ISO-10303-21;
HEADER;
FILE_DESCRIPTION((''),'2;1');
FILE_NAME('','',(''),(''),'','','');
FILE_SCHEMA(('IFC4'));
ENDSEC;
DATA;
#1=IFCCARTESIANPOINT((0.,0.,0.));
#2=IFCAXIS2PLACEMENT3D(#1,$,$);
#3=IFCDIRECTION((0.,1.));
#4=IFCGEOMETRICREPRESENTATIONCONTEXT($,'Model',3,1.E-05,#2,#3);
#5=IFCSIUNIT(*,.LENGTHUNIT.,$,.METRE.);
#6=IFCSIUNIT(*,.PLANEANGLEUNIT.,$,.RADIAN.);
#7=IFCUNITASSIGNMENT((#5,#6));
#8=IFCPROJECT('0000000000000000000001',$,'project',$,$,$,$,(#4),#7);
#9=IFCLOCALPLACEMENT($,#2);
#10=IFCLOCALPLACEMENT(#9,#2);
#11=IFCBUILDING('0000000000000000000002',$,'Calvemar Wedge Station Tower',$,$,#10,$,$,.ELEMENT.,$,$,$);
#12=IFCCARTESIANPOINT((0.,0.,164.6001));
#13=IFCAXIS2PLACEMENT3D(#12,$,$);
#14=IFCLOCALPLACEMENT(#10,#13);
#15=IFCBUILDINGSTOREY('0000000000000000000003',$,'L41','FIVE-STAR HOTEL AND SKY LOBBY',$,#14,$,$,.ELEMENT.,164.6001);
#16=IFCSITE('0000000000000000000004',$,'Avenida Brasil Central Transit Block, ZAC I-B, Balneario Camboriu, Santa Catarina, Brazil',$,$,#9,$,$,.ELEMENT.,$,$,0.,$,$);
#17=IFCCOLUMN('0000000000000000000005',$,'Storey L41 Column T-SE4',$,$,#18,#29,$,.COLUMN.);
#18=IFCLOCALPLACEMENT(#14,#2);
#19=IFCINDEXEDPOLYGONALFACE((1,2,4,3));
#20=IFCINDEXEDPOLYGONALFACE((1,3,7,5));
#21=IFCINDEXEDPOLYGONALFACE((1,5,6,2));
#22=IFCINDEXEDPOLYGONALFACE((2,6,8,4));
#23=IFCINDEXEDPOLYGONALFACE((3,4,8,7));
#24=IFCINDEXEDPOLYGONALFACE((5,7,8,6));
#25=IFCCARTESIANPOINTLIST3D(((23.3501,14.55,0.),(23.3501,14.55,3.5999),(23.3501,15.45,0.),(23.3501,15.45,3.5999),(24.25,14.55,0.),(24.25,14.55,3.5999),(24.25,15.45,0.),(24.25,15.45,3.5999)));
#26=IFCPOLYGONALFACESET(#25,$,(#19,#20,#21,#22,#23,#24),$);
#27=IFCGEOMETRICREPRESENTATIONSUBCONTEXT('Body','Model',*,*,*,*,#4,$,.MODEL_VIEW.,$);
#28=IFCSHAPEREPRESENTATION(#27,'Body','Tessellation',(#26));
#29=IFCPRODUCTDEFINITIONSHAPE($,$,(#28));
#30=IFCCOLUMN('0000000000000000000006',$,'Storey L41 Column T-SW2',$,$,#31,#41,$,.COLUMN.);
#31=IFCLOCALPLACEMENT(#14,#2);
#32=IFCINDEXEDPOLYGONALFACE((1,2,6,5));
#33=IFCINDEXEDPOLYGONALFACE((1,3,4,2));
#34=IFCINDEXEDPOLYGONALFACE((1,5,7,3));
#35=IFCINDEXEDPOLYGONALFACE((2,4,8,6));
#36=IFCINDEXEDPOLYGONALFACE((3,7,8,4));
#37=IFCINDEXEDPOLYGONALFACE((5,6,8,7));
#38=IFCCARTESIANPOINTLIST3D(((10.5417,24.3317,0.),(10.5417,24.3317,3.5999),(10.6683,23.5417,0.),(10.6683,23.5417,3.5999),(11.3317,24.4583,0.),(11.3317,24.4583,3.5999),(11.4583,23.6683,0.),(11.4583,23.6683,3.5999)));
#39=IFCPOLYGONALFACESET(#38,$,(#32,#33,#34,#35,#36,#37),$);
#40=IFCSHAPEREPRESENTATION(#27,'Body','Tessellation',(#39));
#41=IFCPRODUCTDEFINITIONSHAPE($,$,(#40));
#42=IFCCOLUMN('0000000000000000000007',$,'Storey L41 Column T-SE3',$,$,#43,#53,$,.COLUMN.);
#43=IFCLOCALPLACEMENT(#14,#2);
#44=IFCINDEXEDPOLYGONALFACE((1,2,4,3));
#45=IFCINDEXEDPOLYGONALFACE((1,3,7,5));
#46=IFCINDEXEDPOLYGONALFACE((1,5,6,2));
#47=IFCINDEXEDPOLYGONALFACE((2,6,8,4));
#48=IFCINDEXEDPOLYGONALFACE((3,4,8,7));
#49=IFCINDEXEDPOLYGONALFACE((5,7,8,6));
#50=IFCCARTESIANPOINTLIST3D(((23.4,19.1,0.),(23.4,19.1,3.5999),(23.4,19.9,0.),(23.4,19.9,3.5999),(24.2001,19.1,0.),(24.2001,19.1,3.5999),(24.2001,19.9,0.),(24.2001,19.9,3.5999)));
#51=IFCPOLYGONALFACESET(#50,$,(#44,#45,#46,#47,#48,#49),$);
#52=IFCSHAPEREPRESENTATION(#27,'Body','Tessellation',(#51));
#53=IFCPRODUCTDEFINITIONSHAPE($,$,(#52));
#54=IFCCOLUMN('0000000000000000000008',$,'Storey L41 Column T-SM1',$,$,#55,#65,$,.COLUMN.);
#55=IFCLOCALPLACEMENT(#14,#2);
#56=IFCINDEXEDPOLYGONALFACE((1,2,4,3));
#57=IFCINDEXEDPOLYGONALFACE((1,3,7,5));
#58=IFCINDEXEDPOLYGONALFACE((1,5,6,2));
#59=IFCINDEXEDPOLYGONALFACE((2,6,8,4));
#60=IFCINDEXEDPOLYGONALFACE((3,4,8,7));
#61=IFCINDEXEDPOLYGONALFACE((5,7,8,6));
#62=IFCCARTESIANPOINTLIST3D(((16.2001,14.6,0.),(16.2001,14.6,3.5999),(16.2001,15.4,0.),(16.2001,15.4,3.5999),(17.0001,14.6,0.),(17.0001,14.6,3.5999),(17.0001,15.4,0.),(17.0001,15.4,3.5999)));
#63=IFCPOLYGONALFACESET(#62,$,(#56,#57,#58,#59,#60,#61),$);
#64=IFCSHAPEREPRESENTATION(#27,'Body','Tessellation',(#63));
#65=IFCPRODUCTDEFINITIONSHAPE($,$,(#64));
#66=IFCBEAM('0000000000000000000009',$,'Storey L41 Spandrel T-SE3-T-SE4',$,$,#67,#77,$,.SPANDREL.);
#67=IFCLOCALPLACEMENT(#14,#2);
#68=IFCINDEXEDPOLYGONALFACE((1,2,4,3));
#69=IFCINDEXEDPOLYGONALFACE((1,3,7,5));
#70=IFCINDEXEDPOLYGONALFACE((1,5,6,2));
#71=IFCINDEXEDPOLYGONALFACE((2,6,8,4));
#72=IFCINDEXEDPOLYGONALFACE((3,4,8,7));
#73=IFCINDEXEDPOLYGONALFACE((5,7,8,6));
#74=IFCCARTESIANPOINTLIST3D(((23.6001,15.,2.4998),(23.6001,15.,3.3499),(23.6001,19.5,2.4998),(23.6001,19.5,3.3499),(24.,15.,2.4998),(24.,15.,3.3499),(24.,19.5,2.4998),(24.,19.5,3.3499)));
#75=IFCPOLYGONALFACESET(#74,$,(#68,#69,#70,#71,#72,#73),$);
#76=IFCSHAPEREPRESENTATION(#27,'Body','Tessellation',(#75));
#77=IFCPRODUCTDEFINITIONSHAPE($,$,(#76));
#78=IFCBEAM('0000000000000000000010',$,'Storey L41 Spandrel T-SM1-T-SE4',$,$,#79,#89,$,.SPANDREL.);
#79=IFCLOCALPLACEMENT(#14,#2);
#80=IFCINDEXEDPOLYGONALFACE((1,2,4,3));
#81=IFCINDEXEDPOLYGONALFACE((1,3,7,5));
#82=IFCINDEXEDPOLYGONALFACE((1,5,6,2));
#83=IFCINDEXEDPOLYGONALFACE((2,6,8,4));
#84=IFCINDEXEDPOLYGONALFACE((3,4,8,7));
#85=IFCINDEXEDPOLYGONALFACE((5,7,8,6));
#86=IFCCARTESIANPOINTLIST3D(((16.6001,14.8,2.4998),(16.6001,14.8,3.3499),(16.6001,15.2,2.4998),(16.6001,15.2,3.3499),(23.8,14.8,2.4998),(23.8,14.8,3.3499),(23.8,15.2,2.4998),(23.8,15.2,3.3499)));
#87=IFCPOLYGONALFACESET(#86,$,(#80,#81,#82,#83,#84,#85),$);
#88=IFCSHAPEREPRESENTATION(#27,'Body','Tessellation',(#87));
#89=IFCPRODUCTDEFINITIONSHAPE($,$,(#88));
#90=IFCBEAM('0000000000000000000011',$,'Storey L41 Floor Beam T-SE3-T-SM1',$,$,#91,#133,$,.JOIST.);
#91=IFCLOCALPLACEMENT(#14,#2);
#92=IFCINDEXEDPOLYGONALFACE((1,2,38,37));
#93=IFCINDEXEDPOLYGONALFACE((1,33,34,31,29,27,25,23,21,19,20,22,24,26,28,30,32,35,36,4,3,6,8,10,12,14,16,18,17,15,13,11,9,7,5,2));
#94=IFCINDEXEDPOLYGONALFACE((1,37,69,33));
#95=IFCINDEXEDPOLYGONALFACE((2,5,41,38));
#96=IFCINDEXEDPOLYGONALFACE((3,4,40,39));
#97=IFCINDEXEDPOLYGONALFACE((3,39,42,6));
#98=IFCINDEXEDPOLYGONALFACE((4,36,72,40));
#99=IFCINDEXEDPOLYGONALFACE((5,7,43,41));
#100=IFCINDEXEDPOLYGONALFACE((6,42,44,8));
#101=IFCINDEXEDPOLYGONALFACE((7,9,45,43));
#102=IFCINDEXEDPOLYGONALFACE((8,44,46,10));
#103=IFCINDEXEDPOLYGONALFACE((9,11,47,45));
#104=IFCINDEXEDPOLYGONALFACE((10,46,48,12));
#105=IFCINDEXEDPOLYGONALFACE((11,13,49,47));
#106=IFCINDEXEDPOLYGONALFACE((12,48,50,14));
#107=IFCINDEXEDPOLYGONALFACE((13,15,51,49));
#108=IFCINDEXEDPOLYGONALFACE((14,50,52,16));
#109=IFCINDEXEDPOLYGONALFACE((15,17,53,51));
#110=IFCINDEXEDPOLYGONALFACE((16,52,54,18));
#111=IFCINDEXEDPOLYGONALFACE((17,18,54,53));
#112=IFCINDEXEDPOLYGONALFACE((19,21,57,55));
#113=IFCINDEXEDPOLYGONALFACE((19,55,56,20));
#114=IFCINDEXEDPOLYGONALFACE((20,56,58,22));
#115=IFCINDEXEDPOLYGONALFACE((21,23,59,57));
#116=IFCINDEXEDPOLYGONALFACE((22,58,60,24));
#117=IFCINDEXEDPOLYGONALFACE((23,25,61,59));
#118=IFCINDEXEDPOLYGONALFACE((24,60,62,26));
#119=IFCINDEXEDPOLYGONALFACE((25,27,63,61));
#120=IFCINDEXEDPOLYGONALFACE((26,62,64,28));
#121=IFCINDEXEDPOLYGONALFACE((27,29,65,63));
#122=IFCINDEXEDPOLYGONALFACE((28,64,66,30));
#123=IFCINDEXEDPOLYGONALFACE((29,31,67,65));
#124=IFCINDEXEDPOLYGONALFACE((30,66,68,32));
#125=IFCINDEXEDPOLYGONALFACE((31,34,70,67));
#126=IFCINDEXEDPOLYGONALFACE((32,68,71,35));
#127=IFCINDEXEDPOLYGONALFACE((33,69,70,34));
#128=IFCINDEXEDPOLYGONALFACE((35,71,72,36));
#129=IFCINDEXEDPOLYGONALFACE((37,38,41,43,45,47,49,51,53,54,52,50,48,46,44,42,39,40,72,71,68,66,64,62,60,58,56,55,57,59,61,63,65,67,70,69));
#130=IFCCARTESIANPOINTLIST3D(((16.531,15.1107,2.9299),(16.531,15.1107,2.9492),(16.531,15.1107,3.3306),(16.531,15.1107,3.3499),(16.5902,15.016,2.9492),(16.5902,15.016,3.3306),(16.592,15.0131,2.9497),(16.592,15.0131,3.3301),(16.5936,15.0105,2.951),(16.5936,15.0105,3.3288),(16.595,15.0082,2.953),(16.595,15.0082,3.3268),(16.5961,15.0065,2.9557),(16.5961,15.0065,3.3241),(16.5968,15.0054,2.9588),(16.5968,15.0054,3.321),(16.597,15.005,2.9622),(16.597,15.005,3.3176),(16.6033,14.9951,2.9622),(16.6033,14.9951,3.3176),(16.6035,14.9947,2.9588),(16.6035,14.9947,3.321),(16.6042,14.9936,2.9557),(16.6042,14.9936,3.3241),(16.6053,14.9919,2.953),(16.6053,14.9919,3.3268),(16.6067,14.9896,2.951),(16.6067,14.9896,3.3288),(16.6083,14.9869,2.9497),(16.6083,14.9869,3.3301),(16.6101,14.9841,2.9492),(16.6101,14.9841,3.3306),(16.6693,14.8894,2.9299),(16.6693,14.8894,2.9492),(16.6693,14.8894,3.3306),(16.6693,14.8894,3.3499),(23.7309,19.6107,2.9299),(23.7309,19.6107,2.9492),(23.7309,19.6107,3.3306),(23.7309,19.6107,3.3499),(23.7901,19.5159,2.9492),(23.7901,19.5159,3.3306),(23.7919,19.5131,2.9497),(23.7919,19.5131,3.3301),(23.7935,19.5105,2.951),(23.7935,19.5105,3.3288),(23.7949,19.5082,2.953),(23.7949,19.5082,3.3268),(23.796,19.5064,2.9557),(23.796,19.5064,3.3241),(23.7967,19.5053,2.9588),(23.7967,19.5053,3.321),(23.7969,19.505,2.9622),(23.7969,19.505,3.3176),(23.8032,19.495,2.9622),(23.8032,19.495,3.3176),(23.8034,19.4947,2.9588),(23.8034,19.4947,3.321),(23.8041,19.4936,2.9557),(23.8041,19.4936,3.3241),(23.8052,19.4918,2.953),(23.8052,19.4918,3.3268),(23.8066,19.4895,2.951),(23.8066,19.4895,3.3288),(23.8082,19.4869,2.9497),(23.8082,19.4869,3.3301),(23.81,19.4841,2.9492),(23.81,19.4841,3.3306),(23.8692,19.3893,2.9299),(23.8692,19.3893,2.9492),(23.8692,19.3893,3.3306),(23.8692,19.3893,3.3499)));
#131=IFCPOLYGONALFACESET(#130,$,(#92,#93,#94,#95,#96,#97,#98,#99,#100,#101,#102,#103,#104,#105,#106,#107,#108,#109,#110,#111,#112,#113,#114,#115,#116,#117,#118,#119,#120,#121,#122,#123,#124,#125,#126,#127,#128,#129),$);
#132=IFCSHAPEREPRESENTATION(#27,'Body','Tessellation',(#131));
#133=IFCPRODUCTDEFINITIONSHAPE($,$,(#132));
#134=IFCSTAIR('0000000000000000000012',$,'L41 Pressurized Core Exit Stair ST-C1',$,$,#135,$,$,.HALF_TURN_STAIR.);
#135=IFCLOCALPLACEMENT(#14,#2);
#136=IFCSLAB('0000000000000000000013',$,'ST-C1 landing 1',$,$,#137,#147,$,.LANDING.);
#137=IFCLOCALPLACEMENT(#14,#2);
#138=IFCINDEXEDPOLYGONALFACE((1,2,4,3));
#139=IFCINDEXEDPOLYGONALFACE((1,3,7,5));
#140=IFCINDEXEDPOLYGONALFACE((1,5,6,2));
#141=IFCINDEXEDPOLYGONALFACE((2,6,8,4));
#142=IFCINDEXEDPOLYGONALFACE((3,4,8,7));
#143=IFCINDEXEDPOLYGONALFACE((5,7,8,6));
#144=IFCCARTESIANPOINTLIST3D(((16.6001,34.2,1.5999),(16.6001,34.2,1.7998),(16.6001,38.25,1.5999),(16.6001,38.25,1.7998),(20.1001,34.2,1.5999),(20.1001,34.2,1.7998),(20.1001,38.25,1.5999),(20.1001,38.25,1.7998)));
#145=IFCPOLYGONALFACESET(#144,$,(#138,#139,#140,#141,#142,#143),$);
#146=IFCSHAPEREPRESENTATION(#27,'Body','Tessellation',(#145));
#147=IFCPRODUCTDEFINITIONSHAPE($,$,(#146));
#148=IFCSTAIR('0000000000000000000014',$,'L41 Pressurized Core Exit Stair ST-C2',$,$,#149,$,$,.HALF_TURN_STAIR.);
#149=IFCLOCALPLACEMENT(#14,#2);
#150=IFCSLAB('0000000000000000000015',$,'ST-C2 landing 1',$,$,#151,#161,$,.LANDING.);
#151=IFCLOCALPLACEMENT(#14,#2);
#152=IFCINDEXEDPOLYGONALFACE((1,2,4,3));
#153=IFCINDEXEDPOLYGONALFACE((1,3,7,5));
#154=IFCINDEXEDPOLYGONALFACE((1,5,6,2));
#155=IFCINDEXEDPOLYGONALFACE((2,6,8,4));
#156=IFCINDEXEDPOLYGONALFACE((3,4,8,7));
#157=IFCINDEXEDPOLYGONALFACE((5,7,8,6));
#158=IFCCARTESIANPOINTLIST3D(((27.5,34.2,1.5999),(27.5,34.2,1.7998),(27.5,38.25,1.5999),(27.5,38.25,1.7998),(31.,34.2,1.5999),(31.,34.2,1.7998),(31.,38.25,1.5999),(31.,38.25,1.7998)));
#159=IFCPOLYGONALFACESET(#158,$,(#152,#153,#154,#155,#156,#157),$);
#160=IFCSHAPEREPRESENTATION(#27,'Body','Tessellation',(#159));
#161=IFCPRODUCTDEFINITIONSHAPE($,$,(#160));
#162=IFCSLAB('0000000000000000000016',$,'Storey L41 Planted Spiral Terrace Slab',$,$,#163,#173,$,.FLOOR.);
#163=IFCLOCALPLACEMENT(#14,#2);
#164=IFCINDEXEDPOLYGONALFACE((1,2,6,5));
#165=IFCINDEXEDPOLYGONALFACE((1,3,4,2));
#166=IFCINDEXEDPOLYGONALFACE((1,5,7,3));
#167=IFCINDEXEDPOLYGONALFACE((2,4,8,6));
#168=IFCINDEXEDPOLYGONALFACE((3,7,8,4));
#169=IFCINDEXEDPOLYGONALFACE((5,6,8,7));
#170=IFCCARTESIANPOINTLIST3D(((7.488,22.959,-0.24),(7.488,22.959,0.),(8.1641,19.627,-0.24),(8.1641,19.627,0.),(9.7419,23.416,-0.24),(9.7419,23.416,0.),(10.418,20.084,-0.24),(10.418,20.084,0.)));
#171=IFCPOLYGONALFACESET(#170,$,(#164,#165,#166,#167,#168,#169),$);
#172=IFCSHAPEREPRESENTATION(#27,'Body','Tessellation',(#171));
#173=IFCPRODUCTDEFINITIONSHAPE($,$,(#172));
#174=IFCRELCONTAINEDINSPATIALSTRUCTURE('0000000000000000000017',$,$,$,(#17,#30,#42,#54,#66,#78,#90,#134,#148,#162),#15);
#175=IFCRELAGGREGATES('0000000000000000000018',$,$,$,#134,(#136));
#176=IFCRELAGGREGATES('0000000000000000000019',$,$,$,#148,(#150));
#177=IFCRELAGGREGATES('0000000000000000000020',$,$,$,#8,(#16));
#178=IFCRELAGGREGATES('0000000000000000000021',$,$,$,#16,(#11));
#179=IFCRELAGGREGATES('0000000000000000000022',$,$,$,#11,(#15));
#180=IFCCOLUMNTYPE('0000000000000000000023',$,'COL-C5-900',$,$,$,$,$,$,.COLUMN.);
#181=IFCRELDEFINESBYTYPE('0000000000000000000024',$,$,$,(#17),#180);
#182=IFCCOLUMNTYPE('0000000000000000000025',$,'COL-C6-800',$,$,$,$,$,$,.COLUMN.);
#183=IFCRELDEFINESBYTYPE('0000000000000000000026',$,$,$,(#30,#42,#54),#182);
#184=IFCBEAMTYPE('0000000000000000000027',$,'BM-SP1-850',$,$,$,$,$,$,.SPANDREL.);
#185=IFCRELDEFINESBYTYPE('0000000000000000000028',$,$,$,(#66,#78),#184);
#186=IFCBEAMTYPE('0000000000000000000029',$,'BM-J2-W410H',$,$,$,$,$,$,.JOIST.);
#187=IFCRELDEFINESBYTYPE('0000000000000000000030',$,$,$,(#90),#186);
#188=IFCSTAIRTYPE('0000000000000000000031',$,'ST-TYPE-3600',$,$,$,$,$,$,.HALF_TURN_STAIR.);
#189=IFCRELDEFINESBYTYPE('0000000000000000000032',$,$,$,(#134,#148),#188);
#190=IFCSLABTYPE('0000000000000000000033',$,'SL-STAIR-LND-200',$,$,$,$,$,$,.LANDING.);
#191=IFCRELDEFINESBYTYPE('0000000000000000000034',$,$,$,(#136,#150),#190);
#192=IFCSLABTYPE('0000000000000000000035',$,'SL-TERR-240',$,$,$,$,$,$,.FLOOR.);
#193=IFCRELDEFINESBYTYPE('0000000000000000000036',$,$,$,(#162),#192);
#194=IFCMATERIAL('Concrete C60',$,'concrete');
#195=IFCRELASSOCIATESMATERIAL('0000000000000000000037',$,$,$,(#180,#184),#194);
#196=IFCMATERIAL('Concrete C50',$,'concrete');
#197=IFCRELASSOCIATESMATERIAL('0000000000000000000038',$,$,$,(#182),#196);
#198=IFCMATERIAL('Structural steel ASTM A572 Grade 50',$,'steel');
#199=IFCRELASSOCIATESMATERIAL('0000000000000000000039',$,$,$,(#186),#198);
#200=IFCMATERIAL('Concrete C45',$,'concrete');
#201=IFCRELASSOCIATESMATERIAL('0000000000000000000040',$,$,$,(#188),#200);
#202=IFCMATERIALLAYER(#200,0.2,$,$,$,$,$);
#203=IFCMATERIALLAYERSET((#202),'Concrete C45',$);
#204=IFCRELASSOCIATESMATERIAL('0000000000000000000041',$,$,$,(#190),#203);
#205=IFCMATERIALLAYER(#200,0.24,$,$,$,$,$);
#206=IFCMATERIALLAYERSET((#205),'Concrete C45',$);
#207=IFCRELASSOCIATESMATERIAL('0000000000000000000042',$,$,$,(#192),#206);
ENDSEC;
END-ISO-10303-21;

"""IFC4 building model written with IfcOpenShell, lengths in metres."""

from ifc_helpers import new_model, si_unit, direction, frame, origin, origin_2d, place, context, subcontext, project, spatial, polyline, rectangle, i_section, outline, extrude, source, transform, mapped, material, layer, layer_set, material_profile, profile_set, type_object, element, aggregate, save


model = new_model("IFC4")

# Units and contexts
model_context = context("Model", 3, precision=1e-05, world=origin(), true_north=direction((0.0, 1.0)))
body_context = subcontext(model_context, "Body", "Model", "MODEL_VIEW")
ifc_project = project(units=[si_unit("LENGTHUNIT", "METRE"), si_unit("PLANEANGLEUNIT", "RADIAN")], contexts=[model_context])

# Site, building, storey
site_placement = place(None, origin())
site = spatial("IfcSite", under=ifc_project, at=site_placement, Name="Avenida Brasil Central Transit Block, ZAC I-B, Balneario Camboriu, Santa Catarina, Brazil", CompositionType="ELEMENT", RefElevation=0.0)
building_placement = place(site_placement, origin())
building = spatial("IfcBuilding", under=site, at=building_placement, Name="Calvemar Wedge Station Tower", CompositionType="ELEMENT")
storey_placement = place(building_placement, frame((0.0, 0.0, 164.6001)))
storey = spatial("IfcBuildingStorey", under=building, at=storey_placement, Name="L41", Description="FIVE-STAR HOTEL AND SKY LOBBY", CompositionType="ELEMENT", Elevation=164.6001)

# Columns
ifc_material_1 = material(Name="Concrete C60", Category="concrete")
ifc_material_profile_1 = material_profile(ifc_material_1, rectangle(XDim=0.8999, YDim=0.8999, at=origin_2d()), Name="RC900x900")
ifc_profile_set_1 = profile_set([ifc_material_profile_1], Name="Concrete C60")
column_type_1 = type_object("IfcColumnType", Name="COL-C5-900", PredefinedType="COLUMN", material=ifc_profile_set_1)
shared_shape_1 = source(origin(), body_context, "Body", "SweptSolid", [
    extrude(rectangle(XDim=0.8999, YDim=0.8999, at=origin_2d()), origin(), (0.0, 0.0, 1.0), 3.5999),
])
column_placement = place(storey_placement, frame((23.8, 15.0, 0.0), z_axis=(0.0, 0.0, 1.0), x_axis=(1.0, 0.0, 0.0)))
element("IfcColumn", 1, at=column_placement, inside=storey, type_object=column_type_1, Name="Storey L41 Column T-SE4", PredefinedType="COLUMN", context=body_context, shape_type="MappedRepresentation", body=[
    mapped(shared_shape_1, transform((0.0, 0.0, 0.0), scale=1.0)),
])
ifc_material_2 = material(Name="Concrete C50", Category="concrete")
ifc_material_profile_2 = material_profile(ifc_material_2, rectangle(XDim=0.8, YDim=0.8, at=origin_2d()), Name="RC800x800")
ifc_profile_set_2 = profile_set([ifc_material_profile_2], Name="Concrete C50")
column_type_2 = type_object("IfcColumnType", Name="COL-C6-800", PredefinedType="COLUMN", material=ifc_profile_set_2)
shared_shape_2 = source(origin(), body_context, "Body", "SweptSolid", [
    extrude(rectangle(XDim=0.8, YDim=0.8, at=origin_2d()), origin(), (0.0, 0.0, 1.0), 3.5999),
])
for number, where, z_axis, x_axis, name in (
    (2, (11.0, 24.0, 0.0), (0.0, 0.0, 1.0), (0.158158, -0.987414, 0.0), "Storey L41 Column T-SW2"),
    (3, (23.8, 19.5, 0.0), (0.0, 0.0, 1.0), (1.0, 0.0, 0.0), "Storey L41 Column T-SE3"),
    (4, (16.6001, 15.0, 0.0), (0.0, 0.0, 1.0), (1.0, 0.0, 0.0), "Storey L41 Column T-SM1"),
):
    element("IfcColumn", number, at=place(storey_placement, frame(where, z_axis=z_axis, x_axis=x_axis)), inside=storey, type_object=column_type_2, Name=name, PredefinedType="COLUMN", context=body_context, shape_type="MappedRepresentation", body=[
        mapped(shared_shape_2, transform((0.0, 0.0, 0.0), scale=1.0)),
    ])

# Beams
ifc_material_profile_3 = material_profile(ifc_material_1, rectangle(XDim=0.3999, YDim=0.8501, at=origin_2d()), Name="RC400x850")
ifc_profile_set_3 = profile_set([ifc_material_profile_3], Name="Concrete C60")
beam_type_1 = type_object("IfcBeamType", Name="BM-SP1-850", PredefinedType="SPANDREL", material=ifc_profile_set_3)
shared_shape_3 = source(origin(), body_context, "Body", "SweptSolid", [
    extrude(rectangle(XDim=0.3999, YDim=0.8501, at=origin_2d()), origin(), (0.0, 0.0, 1.0), 4.5),
])
beam_1_placement = place(storey_placement, frame((23.8, 19.5, 2.9248), z_axis=(0.0, -1.0, 0.0), x_axis=(1.0, 0.0, 0.0)))
element("IfcBeam", 5, at=beam_1_placement, inside=storey, type_object=beam_type_1, Name="Storey L41 Spandrel T-SE3-T-SE4", PredefinedType="SPANDREL", context=body_context, shape_type="MappedRepresentation", body=[
    mapped(shared_shape_3, transform((0.0, 0.0, 0.0), scale=1.0)),
])
shared_shape_4 = source(origin(), body_context, "Body", "SweptSolid", [
    extrude(rectangle(XDim=0.3999, YDim=0.8501, at=origin_2d()), origin(), (0.0, 0.0, 1.0), 7.2),
])
beam_2_placement = place(storey_placement, frame((16.6001, 15.0, 2.9248), z_axis=(1.0, 0.0, 0.0), x_axis=(0.0, 1.0, 0.0)))
element("IfcBeam", 6, at=beam_2_placement, inside=storey, type_object=beam_type_1, Name="Storey L41 Spandrel T-SM1-T-SE4", PredefinedType="SPANDREL", context=body_context, shape_type="MappedRepresentation", body=[
    mapped(shared_shape_4, transform((0.0, 0.0, 0.0), scale=1.0)),
])
ifc_material_3 = material(Name="Structural steel ASTM A572 Grade 50", Category="steel")
ifc_material_profile_4 = material_profile(ifc_material_3, i_section(OverallWidth=0.261, OverallDepth=0.4199, WebThickness=0.0117, FlangeThickness=0.0193, FilletRadius=0.0129, at=origin_2d()), Name="W410x114")
ifc_profile_set_4 = profile_set([ifc_material_profile_4], Name="Structural steel ASTM A572 Grade 50")
beam_type_2 = type_object("IfcBeamType", Name="BM-J2-W410H", PredefinedType="JOIST", material=ifc_profile_set_4)
shared_shape_5 = source(origin(), body_context, "Body", "SweptSolid", [
    extrude(i_section(OverallWidth=0.261, OverallDepth=0.4199, WebThickness=0.0117, FlangeThickness=0.0193, FilletRadius=0.0129, at=origin_2d()), origin(), (0.0, 0.0, 1.0), 8.4905),
])
beam_3_placement = place(storey_placement, frame((23.8, 19.5, 3.1399), z_axis=(-0.847997, -0.530002, 0.0), x_axis=(0.530002, -0.847997, 0.0)))
element("IfcBeam", 7, at=beam_3_placement, inside=storey, type_object=beam_type_2, Name="Storey L41 Floor Beam T-SE3-T-SM1", PredefinedType="JOIST", context=body_context, shape_type="MappedRepresentation", body=[
    mapped(shared_shape_5, transform((0.0, 0.0, 0.0), scale=1.0)),
])

# Stairs, slabs
ifc_material_4 = material(Name="Concrete C45", Category="concrete")
stair_type = type_object("IfcStairType", Name="ST-TYPE-3600", PredefinedType="HALF_TURN_STAIR", material=ifc_material_4)
stair_1_placement = place(storey_placement, origin())
stair_1 = element("IfcStair", 8, at=stair_1_placement, inside=storey, type_object=stair_type, Name="L41 Pressurized Core Exit Stair ST-C1", PredefinedType="HALF_TURN_STAIR")
ifc_layer_1 = layer(ifc_material_4, 0.2)
ifc_layer_set_1 = layer_set([ifc_layer_1], Name="Concrete C45")
slab_type_1 = type_object("IfcSlabType", Name="SL-STAIR-LND-200", PredefinedType="LANDING", material=ifc_layer_set_1)
slab_1_placement = place(storey_placement, frame((0.0, 0.0, 1.5999)))
slab_1 = element("IfcSlab", 9, at=slab_1_placement, type_object=slab_type_1, Name="ST-C1 landing 1", PredefinedType="LANDING", context=body_context, shape_type="SweptSolid", body=[
    extrude(outline(polyline([(16.6001, 38.25), (16.6001, 34.2), (20.1001, 34.2), (20.1001, 38.25), (16.6001, 38.25)])), origin(), (0.0, 0.0, 1.0), 0.2),
])
aggregate(stair_1, [slab_1])
stair_2_placement = place(storey_placement, origin())
stair_2 = element("IfcStair", 10, at=stair_2_placement, inside=storey, type_object=stair_type, Name="L41 Pressurized Core Exit Stair ST-C2", PredefinedType="HALF_TURN_STAIR")
slab_2_placement = place(storey_placement, frame((0.0, 0.0, 1.5999)))
slab_2 = element("IfcSlab", 11, at=slab_2_placement, type_object=slab_type_1, Name="ST-C2 landing 1", PredefinedType="LANDING", context=body_context, shape_type="SweptSolid", body=[
    extrude(outline(polyline([(27.5, 38.25), (27.5, 34.2), (31.0, 34.2), (31.0, 38.25), (27.5, 38.25)])), origin(), (0.0, 0.0, 1.0), 0.2),
])
aggregate(stair_2, [slab_2])

# Slab
ifc_layer_2 = layer(ifc_material_4, 0.24)
ifc_layer_set_2 = layer_set([ifc_layer_2], Name="Concrete C45")
slab_type_2 = type_object("IfcSlabType", Name="SL-TERR-240", PredefinedType="FLOOR", material=ifc_layer_set_2)
slab_3_placement = place(storey_placement, frame((0.0, 0.0, -0.24)))
element("IfcSlab", 12, at=slab_3_placement, inside=storey, type_object=slab_type_2, Name="Storey L41 Planted Spiral Terrace Slab", PredefinedType="FLOOR", context=body_context, shape_type="SweptSolid", body=[
    extrude(outline(polyline([(9.7419, 23.416), (7.488, 22.959), (8.1641, 19.627), (10.418, 20.084), (9.7419, 23.416)])), origin(), (0.0, 0.0, 1.0), 0.24),
])

save(model, "model.ifc")
